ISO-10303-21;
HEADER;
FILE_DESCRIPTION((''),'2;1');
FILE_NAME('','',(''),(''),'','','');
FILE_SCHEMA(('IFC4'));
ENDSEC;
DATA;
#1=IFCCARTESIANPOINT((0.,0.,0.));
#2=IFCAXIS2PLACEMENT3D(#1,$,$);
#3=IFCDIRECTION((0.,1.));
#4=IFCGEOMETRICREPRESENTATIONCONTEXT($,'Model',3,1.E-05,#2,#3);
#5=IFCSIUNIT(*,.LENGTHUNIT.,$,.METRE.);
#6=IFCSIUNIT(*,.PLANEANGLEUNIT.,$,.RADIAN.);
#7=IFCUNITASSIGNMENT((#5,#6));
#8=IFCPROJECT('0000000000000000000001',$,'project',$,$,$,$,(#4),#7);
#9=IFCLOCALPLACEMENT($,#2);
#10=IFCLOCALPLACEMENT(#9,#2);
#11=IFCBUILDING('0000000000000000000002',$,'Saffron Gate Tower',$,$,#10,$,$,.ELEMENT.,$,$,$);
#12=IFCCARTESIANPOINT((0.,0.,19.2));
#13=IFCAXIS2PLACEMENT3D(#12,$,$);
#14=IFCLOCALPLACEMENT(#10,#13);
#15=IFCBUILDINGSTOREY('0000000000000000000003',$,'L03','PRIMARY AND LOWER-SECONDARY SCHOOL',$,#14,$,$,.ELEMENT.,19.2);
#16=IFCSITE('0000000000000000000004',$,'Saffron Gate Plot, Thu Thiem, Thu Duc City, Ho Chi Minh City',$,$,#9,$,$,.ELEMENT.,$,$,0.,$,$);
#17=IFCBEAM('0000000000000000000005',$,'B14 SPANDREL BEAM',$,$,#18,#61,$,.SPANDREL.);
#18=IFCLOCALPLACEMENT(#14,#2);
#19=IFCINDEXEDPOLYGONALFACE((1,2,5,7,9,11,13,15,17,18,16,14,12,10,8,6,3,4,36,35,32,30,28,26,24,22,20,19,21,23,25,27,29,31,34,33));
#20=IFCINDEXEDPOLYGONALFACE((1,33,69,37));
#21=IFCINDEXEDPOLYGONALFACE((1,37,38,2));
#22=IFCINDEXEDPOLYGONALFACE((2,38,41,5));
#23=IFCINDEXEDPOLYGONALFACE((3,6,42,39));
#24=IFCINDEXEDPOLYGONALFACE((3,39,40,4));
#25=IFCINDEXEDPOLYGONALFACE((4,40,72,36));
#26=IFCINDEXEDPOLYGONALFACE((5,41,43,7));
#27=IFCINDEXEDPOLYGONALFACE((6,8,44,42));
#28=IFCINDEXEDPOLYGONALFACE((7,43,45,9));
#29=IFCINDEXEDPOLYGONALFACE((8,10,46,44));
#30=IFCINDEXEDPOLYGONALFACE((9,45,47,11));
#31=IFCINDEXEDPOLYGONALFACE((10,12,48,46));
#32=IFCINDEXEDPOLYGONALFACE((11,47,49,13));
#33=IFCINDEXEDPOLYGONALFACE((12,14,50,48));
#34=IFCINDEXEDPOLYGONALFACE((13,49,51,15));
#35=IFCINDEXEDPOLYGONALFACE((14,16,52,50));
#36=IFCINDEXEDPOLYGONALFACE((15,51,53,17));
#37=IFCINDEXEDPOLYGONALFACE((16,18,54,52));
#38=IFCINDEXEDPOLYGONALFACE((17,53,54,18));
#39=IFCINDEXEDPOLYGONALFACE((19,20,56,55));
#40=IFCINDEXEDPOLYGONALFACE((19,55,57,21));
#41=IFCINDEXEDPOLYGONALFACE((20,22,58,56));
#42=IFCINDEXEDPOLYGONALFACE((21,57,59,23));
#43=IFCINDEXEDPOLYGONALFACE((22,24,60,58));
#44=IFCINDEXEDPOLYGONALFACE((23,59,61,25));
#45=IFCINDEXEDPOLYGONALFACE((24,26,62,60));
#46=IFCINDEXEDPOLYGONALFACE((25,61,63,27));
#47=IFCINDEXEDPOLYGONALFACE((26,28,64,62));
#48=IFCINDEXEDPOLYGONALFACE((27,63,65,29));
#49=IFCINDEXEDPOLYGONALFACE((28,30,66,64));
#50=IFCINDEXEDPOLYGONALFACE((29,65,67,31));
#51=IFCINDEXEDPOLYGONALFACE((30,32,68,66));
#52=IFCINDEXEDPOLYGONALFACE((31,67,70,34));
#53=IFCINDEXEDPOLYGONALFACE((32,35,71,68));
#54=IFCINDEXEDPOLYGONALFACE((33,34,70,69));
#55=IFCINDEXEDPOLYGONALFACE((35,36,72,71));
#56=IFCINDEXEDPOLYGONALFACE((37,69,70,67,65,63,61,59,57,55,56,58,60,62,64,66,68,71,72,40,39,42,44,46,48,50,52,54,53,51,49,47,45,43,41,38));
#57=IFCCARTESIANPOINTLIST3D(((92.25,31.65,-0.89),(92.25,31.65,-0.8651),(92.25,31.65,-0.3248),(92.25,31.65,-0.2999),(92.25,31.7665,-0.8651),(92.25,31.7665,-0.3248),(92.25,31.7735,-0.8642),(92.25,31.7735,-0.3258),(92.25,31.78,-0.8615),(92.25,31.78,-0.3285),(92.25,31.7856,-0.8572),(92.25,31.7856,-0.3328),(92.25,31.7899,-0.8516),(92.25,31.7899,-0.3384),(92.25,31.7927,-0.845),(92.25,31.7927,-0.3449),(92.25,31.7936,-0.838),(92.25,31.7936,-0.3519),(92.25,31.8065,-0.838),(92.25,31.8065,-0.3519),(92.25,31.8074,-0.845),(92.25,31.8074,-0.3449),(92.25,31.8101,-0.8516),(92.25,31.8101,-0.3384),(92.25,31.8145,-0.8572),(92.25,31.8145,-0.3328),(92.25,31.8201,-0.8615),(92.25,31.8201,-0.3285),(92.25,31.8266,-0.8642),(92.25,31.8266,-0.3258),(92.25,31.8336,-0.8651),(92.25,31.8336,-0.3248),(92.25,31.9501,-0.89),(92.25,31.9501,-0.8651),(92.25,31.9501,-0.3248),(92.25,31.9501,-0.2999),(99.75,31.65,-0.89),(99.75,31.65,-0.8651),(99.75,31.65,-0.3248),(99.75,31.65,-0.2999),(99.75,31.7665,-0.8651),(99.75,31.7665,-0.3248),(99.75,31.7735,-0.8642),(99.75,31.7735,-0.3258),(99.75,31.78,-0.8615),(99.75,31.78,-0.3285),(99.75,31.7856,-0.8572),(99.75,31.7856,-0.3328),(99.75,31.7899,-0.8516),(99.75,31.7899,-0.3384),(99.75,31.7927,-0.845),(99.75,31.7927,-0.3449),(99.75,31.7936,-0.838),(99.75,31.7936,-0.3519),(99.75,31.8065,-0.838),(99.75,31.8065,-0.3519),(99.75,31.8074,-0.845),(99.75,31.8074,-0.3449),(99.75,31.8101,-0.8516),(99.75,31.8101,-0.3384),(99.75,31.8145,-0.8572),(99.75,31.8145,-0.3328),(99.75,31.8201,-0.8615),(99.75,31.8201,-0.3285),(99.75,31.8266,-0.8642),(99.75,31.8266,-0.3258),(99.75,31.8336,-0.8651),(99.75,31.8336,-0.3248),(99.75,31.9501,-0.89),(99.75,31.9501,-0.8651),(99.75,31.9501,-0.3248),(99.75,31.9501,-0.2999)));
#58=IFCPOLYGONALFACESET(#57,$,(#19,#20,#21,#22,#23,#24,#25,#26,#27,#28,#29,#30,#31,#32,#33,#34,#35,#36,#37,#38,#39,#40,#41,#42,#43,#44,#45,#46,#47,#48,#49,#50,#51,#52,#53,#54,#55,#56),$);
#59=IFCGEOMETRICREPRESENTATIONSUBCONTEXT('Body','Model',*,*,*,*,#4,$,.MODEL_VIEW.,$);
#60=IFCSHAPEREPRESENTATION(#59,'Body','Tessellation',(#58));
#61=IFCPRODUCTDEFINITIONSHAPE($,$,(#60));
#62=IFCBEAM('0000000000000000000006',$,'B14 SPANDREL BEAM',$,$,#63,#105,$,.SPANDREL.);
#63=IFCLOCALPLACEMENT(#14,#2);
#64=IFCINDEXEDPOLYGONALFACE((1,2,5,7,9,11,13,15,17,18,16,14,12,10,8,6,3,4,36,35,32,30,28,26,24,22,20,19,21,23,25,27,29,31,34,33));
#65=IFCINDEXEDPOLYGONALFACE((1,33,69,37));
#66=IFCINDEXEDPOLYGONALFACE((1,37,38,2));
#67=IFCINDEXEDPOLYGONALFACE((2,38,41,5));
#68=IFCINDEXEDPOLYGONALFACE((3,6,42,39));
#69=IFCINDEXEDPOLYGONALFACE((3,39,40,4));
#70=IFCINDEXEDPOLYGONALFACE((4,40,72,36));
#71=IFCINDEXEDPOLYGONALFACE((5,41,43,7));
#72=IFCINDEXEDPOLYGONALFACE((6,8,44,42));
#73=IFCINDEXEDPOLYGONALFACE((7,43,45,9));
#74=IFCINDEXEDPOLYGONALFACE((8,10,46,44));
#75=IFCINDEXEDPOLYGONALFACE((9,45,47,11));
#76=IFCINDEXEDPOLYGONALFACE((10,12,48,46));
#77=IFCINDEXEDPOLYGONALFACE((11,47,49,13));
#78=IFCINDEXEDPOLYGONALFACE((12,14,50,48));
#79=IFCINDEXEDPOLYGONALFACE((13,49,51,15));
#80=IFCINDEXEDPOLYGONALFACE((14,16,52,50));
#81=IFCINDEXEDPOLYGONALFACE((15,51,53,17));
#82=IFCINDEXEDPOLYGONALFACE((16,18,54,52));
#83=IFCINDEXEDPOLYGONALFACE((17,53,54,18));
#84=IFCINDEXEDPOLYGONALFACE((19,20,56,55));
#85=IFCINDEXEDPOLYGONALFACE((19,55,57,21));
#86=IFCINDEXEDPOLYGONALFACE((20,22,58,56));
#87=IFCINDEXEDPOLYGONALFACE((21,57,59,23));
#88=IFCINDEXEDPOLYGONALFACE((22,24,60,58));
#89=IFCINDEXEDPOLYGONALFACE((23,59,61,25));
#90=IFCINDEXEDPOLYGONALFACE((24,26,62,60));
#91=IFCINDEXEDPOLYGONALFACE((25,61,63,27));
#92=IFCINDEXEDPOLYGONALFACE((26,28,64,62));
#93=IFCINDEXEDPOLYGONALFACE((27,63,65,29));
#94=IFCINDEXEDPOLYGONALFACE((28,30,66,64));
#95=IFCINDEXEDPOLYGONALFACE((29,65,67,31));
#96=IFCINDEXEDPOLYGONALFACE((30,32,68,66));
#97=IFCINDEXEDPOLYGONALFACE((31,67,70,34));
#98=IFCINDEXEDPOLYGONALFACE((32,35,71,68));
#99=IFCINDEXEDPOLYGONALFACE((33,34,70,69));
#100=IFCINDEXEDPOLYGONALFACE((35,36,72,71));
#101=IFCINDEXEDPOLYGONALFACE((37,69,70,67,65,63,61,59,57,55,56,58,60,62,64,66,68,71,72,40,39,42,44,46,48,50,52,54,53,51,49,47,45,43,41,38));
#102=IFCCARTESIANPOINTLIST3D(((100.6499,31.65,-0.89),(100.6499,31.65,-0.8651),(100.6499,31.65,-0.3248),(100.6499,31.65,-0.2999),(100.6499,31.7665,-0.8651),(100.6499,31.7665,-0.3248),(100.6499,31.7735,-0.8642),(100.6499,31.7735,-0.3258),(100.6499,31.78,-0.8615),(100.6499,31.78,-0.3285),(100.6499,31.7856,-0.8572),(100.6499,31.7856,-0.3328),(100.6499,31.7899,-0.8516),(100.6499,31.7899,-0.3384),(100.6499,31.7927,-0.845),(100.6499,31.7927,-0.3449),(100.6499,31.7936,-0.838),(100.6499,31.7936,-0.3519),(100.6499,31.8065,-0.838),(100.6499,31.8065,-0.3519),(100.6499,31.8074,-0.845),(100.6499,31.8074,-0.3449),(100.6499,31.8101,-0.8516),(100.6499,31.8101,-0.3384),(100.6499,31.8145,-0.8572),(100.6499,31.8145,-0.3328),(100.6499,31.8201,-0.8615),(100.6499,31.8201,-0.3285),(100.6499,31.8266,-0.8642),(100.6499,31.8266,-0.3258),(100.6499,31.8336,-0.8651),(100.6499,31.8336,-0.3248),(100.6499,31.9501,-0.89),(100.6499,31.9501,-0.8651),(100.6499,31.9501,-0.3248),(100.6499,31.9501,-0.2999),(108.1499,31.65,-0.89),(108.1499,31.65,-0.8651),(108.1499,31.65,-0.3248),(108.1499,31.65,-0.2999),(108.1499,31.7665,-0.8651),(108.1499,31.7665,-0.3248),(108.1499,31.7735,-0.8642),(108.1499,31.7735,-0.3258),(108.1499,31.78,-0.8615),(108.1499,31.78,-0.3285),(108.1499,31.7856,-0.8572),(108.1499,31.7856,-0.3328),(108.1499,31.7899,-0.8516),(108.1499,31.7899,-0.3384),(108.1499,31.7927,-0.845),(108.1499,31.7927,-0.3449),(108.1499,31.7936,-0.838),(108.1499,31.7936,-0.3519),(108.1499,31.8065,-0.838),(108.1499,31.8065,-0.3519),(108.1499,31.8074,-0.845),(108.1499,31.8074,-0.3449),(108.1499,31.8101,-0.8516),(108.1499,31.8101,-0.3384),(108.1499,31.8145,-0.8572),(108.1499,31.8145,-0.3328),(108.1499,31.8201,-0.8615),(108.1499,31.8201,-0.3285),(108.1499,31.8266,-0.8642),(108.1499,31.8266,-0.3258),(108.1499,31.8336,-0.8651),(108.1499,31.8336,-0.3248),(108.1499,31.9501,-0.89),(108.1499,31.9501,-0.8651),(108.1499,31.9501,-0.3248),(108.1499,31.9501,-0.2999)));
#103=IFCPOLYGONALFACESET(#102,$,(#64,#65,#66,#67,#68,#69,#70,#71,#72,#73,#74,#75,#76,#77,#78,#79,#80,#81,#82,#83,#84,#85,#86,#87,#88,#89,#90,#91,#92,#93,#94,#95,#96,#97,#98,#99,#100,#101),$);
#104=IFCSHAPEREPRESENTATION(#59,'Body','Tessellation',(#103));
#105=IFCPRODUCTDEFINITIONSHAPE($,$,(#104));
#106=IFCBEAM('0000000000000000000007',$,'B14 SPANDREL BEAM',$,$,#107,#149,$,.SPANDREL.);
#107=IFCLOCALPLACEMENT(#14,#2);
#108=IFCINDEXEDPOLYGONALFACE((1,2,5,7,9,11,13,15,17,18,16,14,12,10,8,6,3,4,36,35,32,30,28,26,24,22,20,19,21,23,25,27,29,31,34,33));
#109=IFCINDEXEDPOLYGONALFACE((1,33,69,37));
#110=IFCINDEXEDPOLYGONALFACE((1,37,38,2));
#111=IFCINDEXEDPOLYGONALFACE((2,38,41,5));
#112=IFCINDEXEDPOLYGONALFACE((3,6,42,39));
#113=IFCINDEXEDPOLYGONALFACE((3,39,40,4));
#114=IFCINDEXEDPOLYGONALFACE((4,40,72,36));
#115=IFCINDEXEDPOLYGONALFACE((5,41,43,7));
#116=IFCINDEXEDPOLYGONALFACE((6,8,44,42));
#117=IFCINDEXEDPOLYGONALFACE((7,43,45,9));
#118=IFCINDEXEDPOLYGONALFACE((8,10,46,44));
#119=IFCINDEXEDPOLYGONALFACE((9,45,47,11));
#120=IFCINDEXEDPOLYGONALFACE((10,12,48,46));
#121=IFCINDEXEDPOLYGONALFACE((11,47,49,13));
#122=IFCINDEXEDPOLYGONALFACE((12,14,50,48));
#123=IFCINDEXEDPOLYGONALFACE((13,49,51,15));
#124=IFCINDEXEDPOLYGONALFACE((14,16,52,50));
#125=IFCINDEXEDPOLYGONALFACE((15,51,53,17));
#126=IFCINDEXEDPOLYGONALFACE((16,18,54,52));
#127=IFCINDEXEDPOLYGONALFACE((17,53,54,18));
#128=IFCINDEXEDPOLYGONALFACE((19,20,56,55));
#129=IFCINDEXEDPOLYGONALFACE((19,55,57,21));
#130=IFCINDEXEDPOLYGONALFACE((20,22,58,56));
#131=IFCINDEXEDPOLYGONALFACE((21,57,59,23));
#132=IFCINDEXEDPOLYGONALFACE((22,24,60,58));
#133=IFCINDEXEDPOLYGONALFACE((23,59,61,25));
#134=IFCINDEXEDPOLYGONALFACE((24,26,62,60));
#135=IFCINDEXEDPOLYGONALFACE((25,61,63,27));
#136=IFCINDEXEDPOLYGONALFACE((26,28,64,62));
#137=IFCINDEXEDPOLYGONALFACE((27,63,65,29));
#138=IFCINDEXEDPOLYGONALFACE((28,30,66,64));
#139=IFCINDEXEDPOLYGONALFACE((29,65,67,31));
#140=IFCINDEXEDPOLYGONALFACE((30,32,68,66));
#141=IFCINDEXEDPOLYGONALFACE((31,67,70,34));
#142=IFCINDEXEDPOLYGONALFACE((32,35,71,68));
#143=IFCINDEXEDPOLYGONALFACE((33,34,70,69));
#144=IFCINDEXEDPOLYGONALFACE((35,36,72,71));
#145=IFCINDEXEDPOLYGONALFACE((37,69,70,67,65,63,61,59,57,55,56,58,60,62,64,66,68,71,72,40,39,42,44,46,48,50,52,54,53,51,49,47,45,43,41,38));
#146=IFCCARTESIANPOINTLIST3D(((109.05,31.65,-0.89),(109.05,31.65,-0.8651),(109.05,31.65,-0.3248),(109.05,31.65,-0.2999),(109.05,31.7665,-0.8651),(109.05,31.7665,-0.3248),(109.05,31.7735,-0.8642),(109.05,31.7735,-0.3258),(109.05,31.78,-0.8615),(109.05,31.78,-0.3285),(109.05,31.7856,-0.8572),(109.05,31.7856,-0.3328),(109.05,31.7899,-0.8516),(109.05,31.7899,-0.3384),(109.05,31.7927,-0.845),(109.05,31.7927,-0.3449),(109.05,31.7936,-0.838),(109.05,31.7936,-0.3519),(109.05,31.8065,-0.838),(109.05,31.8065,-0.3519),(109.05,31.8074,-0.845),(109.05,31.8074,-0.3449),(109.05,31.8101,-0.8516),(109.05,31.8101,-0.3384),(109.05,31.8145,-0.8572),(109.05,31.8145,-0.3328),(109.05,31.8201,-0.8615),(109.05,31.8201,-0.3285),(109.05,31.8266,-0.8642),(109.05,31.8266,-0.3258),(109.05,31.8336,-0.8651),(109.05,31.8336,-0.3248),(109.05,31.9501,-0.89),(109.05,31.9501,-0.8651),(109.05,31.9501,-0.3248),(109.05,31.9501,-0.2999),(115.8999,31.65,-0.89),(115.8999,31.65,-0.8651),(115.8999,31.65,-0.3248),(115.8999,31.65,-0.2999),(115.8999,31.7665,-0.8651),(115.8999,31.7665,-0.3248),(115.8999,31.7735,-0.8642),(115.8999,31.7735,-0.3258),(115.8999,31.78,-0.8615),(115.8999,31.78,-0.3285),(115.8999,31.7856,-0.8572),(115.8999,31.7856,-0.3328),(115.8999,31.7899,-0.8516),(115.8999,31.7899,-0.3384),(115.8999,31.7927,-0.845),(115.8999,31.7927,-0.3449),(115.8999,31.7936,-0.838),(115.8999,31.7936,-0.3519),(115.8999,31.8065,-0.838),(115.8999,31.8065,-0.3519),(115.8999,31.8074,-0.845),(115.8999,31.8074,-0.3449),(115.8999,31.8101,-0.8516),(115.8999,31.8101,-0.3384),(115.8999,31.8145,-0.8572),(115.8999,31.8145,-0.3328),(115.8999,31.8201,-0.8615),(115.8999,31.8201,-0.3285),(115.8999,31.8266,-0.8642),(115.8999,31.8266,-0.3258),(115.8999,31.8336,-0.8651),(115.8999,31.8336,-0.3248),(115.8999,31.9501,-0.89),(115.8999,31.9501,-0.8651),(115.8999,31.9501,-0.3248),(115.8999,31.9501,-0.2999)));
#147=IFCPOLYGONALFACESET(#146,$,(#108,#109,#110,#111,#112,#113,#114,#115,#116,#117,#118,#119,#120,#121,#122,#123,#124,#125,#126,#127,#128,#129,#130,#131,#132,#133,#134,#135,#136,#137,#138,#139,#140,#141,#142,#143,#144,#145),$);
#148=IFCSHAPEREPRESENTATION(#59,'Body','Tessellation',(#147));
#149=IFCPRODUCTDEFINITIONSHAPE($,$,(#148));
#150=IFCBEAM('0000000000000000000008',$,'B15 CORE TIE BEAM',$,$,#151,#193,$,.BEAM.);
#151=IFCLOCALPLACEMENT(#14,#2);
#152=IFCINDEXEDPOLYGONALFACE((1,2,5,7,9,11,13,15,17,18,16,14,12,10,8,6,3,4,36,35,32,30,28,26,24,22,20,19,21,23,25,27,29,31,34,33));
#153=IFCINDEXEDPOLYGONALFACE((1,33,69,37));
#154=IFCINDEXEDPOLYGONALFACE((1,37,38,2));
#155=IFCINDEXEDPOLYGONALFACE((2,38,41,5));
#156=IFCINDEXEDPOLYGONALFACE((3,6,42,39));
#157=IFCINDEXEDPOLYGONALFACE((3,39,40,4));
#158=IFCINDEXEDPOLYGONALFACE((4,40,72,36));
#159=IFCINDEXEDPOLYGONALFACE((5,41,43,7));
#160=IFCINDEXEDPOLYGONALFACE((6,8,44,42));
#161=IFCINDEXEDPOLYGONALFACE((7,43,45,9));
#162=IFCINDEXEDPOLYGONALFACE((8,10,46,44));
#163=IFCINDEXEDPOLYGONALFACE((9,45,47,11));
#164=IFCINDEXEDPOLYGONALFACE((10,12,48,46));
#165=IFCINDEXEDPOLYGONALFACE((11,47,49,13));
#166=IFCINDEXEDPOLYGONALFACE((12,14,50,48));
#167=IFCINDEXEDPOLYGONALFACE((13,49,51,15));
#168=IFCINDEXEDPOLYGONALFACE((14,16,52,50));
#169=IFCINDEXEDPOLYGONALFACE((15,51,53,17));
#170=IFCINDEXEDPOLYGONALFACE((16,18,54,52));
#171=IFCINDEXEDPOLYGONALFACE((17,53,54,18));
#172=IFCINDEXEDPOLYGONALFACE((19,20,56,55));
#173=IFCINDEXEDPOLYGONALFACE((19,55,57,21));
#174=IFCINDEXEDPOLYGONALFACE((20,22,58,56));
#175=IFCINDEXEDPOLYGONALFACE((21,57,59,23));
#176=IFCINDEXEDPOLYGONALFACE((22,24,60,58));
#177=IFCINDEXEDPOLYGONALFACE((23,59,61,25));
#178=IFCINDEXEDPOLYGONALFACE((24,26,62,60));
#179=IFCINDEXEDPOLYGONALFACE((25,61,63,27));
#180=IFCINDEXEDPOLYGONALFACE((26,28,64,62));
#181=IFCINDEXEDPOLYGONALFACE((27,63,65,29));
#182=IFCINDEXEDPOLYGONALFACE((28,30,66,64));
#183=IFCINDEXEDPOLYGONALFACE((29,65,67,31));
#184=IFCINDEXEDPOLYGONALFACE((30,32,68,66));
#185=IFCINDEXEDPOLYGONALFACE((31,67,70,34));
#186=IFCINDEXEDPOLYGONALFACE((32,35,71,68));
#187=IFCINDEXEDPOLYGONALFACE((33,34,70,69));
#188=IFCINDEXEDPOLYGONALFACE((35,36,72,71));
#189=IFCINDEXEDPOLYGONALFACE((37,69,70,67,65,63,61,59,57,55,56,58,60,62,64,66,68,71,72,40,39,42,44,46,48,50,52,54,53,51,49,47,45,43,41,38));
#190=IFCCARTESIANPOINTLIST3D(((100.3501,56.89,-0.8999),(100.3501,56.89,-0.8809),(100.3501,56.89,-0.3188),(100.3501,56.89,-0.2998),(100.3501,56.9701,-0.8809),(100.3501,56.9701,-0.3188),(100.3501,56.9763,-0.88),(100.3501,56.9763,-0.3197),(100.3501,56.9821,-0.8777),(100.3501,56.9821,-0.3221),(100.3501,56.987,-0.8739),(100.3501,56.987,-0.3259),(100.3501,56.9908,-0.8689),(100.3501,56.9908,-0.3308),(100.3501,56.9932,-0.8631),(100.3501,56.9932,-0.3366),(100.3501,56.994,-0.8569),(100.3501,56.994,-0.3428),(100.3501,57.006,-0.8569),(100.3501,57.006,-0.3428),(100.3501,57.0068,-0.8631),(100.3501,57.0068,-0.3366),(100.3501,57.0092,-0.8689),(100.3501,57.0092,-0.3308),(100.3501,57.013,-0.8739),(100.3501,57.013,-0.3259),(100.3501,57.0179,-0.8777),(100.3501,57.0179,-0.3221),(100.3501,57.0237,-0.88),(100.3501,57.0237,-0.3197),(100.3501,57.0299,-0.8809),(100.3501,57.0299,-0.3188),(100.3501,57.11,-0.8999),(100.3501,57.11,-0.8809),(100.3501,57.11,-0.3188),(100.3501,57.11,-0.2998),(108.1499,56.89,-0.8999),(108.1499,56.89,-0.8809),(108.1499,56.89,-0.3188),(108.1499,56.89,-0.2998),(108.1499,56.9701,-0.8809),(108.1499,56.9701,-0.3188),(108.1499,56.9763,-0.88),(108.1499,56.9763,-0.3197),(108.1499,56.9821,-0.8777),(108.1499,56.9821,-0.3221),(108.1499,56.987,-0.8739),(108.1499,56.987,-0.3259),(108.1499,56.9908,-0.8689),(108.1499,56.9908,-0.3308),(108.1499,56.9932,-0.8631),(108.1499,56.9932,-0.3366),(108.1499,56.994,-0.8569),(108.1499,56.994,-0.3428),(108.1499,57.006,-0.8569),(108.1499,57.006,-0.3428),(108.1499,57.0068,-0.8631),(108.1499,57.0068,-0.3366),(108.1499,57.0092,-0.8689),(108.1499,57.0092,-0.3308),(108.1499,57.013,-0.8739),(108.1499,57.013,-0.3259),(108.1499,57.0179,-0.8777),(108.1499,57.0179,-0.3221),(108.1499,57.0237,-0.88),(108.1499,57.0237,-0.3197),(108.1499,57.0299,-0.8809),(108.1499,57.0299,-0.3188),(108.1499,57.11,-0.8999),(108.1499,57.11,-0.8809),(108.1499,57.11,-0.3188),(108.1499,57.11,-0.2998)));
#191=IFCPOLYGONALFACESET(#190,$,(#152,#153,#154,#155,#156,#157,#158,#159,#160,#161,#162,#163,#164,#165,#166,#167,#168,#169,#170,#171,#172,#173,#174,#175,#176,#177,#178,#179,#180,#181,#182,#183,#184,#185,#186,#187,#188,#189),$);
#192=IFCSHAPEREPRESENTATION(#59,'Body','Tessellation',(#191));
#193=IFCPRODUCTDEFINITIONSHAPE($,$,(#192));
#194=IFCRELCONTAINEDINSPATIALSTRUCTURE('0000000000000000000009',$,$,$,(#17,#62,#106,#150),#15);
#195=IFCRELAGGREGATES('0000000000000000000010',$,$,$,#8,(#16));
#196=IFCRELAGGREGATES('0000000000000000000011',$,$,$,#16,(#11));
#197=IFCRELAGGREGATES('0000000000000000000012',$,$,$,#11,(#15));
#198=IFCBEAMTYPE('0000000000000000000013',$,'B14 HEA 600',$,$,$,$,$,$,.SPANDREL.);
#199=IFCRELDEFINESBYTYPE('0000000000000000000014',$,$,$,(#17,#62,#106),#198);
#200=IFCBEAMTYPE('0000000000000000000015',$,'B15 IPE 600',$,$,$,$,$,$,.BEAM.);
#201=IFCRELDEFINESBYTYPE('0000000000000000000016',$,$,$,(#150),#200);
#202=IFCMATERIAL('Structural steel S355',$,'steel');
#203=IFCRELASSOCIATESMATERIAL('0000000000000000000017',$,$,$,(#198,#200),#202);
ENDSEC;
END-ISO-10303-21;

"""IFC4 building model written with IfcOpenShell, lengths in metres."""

from ifc_helpers import new_model, si_unit, direction, frame, origin, origin_2d, place, context, subcontext, project, spatial, i_section, extrude, material, material_profile, profile_set, type_object, element, save


model = new_model("IFC4")

# Units and contexts
model_context = context("Model", 3, precision=1e-05, world=origin(), true_north=direction((0.0, 1.0)))
body_context = subcontext(model_context, "Body", "Model", "MODEL_VIEW")
ifc_project = project(units=[si_unit("LENGTHUNIT", "METRE"), si_unit("PLANEANGLEUNIT", "RADIAN")], contexts=[model_context])

# Site, building, storey
site_placement = place(None, origin())
site = spatial("IfcSite", under=ifc_project, at=site_placement, Name="Saffron Gate Plot, Thu Thiem, Thu Duc City, Ho Chi Minh City", CompositionType="ELEMENT", RefElevation=0.0)
building_placement = place(site_placement, origin())
building = spatial("IfcBuilding", under=site, at=building_placement, Name="Saffron Gate Tower", CompositionType="ELEMENT")
storey_placement = place(building_placement, frame((0.0, 0.0, 19.2)))
storey = spatial("IfcBuildingStorey", under=building, at=storey_placement, Name="L03", Description="PRIMARY AND LOWER-SECONDARY SCHOOL", CompositionType="ELEMENT", Elevation=19.2)

# Beams
ifc_material_1 = material(Name="Structural steel S355", Category="steel")
ifc_material_profile_1 = material_profile(ifc_material_1, i_section(OverallWidth=0.3, OverallDepth=0.5901, WebThickness=0.0129, FlangeThickness=0.0249, FilletRadius=0.0271, at=origin_2d()))
ifc_profile_set_1 = profile_set([ifc_material_profile_1], Name="Structural steel S355")
beam_type_1 = type_object("IfcBeamType", Name="B14 HEA 600", PredefinedType="SPANDREL", material=ifc_profile_set_1)
for number, where, z_axis, x_axis, name in (
    (1, (92.25, 31.8, -0.595), (1.0, 0.0, 0.0), (0.0, 1.0, 0.0), "B14 SPANDREL BEAM"),
    (2, (100.6499, 31.8, -0.595), (1.0, 0.0, 0.0), (0.0, 1.0, 0.0), "B14 SPANDREL BEAM"),
):
    element("IfcBeam", number, at=place(storey_placement, frame(where, z_axis=z_axis, x_axis=x_axis)), inside=storey, type_object=beam_type_1, Name=name, PredefinedType="SPANDREL", context=body_context, shape_type="SweptSolid", body=[
        extrude(i_section(OverallWidth=0.3, OverallDepth=0.5901, WebThickness=0.0129, FlangeThickness=0.0249, FilletRadius=0.0271, at=origin_2d()), origin(), (0.0, 0.0, 1.0), 7.5),
    ])
beam_1_placement = place(storey_placement, frame((109.05, 31.8, -0.595), z_axis=(1.0, 0.0, 0.0), x_axis=(0.0, 1.0, 0.0)))
element("IfcBeam", 3, at=beam_1_placement, inside=storey, type_object=beam_type_1, Name="B14 SPANDREL BEAM", PredefinedType="SPANDREL", context=body_context, shape_type="SweptSolid", body=[
    extrude(i_section(OverallWidth=0.3, OverallDepth=0.5901, WebThickness=0.0129, FlangeThickness=0.0249, FilletRadius=0.0271, at=origin_2d()), origin(), (0.0, 0.0, 1.0), 6.8499),
])
ifc_material_profile_2 = material_profile(ifc_material_1, i_section(OverallWidth=0.22, OverallDepth=0.6001, WebThickness=0.012, FlangeThickness=0.019, FilletRadius=0.0239, at=origin_2d()))
ifc_profile_set_2 = profile_set([ifc_material_profile_2], Name="Structural steel S355")
beam_type_2 = type_object("IfcBeamType", Name="B15 IPE 600", PredefinedType="BEAM", material=ifc_profile_set_2)
beam_2_placement = place(storey_placement, frame((108.1499, 57.0, -0.5999), z_axis=(-1.0, 0.0, 0.0), x_axis=(0.0, -1.0, 0.0)))
element("IfcBeam", 4, at=beam_2_placement, inside=storey, type_object=beam_type_2, Name="B15 CORE TIE BEAM", PredefinedType="BEAM", context=body_context, shape_type="SweptSolid", body=[
    extrude(i_section(OverallWidth=0.22, OverallDepth=0.6001, WebThickness=0.012, FlangeThickness=0.019, FilletRadius=0.0239, at=origin_2d()), origin(), (0.0, 0.0, 1.0), 7.7998),
])

save(model, "model.ifc")
